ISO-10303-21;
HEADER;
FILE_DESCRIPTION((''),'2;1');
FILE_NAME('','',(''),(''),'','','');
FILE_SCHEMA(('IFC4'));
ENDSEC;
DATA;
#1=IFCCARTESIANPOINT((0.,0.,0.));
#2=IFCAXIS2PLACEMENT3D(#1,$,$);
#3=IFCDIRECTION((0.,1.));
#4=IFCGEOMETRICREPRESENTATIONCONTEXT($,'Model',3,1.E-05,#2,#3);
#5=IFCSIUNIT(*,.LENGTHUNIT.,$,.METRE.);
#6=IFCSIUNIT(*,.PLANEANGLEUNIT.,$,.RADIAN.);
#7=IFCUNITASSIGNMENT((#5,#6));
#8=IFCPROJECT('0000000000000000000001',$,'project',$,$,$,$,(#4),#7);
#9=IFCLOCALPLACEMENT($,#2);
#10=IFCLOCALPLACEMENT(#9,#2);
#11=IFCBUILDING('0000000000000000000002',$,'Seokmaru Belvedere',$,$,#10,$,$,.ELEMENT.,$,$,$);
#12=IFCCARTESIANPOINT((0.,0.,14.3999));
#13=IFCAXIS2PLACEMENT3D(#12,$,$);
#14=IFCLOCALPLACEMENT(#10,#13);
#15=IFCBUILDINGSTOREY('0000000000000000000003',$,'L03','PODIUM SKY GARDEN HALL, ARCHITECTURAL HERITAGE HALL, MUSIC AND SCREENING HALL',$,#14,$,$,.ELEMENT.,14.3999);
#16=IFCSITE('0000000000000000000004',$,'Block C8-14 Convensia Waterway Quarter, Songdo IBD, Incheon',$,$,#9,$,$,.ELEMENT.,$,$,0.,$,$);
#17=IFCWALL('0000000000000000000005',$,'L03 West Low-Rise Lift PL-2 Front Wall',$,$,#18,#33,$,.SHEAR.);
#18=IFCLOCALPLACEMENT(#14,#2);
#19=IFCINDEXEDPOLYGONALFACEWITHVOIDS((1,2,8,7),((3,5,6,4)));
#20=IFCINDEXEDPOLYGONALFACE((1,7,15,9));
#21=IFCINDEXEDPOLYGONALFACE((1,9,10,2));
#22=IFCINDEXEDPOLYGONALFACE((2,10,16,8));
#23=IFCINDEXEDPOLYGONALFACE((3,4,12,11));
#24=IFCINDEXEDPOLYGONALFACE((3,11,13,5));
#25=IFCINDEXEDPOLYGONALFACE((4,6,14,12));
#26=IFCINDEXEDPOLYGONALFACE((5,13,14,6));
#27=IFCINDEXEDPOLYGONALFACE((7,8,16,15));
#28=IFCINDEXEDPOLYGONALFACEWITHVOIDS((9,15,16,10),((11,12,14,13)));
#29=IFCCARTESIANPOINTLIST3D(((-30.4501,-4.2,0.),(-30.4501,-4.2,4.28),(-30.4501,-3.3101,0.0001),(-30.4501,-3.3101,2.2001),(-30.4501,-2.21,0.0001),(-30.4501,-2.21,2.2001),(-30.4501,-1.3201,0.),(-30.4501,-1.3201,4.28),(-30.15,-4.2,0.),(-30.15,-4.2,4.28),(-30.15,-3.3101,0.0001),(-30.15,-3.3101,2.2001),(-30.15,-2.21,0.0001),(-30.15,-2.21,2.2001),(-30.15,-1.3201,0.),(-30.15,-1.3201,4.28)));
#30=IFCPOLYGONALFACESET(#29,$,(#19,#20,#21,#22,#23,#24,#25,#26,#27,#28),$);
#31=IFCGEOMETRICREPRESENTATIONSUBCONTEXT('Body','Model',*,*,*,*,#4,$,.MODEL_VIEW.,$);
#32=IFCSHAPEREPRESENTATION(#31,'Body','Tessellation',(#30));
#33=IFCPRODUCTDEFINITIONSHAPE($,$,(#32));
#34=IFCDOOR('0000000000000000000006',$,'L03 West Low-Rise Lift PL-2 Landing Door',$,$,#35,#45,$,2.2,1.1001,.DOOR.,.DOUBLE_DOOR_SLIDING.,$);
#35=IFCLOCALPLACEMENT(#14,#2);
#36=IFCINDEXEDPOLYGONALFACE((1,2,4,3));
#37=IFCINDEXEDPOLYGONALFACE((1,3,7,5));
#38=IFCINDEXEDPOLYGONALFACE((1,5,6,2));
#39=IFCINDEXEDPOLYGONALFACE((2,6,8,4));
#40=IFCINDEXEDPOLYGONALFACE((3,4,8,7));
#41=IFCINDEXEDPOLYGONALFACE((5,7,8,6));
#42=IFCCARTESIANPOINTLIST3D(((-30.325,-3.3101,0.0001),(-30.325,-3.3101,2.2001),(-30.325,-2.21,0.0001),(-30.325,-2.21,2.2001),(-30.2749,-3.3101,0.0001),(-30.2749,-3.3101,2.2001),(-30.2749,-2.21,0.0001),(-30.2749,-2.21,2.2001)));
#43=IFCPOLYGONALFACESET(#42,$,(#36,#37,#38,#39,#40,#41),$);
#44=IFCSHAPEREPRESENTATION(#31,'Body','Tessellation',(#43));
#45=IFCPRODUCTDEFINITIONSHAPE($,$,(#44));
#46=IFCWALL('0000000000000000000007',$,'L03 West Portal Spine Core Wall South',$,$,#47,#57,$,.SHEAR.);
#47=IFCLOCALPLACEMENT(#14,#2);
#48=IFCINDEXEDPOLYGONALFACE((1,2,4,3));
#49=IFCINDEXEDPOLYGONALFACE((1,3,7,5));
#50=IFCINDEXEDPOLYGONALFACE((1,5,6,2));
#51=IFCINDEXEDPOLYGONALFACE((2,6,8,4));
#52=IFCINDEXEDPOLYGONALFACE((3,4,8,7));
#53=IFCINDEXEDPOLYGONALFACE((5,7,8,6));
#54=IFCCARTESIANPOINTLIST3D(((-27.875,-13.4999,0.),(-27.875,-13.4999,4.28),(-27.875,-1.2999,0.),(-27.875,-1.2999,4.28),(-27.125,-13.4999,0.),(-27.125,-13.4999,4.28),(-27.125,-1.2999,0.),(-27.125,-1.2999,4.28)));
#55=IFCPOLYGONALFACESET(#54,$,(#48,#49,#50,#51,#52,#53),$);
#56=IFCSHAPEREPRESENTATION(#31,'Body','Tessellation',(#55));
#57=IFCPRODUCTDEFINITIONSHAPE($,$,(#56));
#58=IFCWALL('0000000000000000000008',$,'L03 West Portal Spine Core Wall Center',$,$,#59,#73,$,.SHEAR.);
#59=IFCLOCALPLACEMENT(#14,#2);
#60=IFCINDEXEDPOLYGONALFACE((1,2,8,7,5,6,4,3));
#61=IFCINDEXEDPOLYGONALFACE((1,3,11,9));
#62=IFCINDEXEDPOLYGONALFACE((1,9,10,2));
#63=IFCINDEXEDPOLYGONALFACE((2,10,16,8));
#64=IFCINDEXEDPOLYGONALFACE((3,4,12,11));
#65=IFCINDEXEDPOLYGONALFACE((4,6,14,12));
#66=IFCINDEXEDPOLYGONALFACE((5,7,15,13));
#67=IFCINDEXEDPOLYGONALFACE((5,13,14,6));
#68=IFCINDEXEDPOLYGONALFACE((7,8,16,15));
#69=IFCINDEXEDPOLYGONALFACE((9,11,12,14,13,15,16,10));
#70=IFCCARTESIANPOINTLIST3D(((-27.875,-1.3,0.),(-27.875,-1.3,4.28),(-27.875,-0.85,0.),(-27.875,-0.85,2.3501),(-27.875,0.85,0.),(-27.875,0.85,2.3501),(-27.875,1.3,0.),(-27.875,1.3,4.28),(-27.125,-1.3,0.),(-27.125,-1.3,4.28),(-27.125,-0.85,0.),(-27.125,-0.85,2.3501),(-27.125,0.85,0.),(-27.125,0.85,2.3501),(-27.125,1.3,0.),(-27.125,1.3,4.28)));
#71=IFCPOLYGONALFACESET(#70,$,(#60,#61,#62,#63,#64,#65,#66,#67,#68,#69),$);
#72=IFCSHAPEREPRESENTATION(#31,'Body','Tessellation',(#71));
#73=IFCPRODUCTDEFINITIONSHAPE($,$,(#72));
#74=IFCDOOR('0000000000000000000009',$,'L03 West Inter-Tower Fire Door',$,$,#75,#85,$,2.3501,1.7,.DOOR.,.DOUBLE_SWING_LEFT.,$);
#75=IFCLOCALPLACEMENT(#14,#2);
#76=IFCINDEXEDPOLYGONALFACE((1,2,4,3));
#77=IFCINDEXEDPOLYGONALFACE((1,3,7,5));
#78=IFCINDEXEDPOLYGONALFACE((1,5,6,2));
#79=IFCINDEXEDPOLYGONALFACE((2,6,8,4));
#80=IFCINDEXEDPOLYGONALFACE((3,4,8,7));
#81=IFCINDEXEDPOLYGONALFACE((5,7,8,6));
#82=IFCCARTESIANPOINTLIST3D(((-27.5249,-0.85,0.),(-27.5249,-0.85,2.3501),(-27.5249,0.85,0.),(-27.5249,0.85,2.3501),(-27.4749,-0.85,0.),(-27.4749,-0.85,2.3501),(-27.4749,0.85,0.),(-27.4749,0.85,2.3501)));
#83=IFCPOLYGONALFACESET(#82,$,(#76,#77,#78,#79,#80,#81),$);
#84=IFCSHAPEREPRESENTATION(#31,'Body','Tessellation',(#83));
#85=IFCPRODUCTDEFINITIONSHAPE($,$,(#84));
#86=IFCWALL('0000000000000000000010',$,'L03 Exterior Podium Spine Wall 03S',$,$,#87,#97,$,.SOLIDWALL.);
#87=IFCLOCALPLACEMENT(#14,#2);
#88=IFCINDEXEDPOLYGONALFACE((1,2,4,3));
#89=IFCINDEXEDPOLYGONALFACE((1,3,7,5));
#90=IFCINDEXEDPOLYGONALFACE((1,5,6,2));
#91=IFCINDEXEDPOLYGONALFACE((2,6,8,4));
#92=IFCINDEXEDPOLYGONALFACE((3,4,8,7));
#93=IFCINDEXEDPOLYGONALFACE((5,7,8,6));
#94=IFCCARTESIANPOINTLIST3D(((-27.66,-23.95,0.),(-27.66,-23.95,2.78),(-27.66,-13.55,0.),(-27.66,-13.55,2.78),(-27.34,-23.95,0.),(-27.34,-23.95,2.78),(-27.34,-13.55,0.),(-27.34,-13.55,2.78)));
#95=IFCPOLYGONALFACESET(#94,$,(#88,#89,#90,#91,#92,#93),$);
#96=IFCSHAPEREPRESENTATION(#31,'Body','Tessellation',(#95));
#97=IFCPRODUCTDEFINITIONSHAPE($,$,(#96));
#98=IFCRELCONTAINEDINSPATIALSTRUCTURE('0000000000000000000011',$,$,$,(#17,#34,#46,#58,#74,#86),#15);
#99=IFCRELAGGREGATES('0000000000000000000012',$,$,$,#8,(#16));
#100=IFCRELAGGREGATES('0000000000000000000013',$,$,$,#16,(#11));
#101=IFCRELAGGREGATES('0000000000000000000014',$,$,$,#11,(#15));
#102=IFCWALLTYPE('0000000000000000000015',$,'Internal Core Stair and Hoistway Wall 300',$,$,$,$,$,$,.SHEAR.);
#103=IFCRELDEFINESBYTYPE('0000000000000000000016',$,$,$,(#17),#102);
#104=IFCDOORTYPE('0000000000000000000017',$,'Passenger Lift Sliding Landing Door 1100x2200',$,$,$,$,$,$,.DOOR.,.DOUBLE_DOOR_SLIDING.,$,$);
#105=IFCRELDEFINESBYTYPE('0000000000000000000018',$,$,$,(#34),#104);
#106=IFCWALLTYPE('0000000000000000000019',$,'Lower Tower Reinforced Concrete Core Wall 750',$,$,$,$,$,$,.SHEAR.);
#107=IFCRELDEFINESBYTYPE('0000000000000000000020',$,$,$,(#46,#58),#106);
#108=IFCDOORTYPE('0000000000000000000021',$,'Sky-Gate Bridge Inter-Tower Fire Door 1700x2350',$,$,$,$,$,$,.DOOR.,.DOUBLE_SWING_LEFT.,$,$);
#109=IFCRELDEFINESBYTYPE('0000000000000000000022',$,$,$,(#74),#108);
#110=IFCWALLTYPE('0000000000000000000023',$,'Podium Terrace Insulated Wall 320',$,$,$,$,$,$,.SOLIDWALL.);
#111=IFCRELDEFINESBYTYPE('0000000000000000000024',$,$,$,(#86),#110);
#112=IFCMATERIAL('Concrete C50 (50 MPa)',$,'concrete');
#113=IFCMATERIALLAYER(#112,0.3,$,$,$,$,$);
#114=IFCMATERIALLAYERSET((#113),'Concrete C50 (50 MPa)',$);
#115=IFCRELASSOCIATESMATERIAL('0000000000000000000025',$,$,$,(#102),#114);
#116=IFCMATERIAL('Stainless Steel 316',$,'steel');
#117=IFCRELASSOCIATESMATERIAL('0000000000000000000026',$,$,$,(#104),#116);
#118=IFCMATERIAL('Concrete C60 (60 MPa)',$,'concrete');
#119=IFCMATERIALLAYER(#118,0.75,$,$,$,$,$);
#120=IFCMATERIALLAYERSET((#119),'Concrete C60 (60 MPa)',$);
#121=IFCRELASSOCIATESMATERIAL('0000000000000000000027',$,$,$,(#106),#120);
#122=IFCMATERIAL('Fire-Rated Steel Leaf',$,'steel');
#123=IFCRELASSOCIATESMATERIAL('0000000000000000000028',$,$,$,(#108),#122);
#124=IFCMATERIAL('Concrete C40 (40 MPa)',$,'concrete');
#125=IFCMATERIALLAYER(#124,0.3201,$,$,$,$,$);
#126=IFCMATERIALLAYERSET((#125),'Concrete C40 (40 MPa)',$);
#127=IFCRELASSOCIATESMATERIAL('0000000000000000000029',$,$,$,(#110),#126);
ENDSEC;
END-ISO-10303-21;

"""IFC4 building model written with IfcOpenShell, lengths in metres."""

from ifc_helpers import new_model, si_unit, direction, frame, frame_2d, origin, place, context, subcontext, project, spatial, rectangle, extrude, source, transform, mapped, material, layer, layer_set, type_object, type_shapes, element, fill, save


model = new_model("IFC4")

# Units and contexts
model_context = context("Model", 3, precision=1e-05, world=origin(), true_north=direction((0.0, 1.0)))
body_context = subcontext(model_context, "Body", "Model", "MODEL_VIEW")
ifc_project = project(units=[si_unit("LENGTHUNIT", "METRE"), si_unit("PLANEANGLEUNIT", "RADIAN")], contexts=[model_context])

# Site, building, storey
site_placement = place(None, origin())
site = spatial("IfcSite", under=ifc_project, at=site_placement, Name="Block C8-14 Convensia Waterway Quarter, Songdo IBD, Incheon", CompositionType="ELEMENT", RefElevation=0.0)
building_placement = place(site_placement, origin())
building = spatial("IfcBuilding", under=site, at=building_placement, Name="Seokmaru Belvedere", CompositionType="ELEMENT")
storey_placement = place(building_placement, frame((0.0, 0.0, 14.3999)))
storey = spatial("IfcBuildingStorey", under=building, at=storey_placement, Name="L03", Description="PODIUM SKY GARDEN HALL, ARCHITECTURAL HERITAGE HALL, MUSIC AND SCREENING HALL", CompositionType="ELEMENT", Elevation=14.3999)

# Shared definitions
ifc_material_1 = material(Name="Concrete C50 (50 MPa)", Category="concrete")

# Wall, opening, door
ifc_layer_1 = layer(ifc_material_1, 0.3)
ifc_layer_set_1 = layer_set([ifc_layer_1], Name="Concrete C50 (50 MPa)")
wall_type_1 = type_object("IfcWallType", Name="Internal Core Stair and Hoistway Wall 300", PredefinedType="SHEAR", material=ifc_layer_set_1)
ifc_material_2 = material(Name="Stainless Steel 316", Category="steel")
door_type_1 = type_object("IfcDoorType", Name="Passenger Lift Sliding Landing Door 1100x2200", OperationType="DOUBLE_DOOR_SLIDING", PredefinedType="DOOR", material=ifc_material_2)
shared_shape_1 = source(origin(), body_context, "Body", "SweptSolid", [
    extrude(rectangle(XDim=1.1001, YDim=2.2, at=frame_2d((0.55, 1.1001))), frame((0.0, 0.0249, 0.0), z_axis=(0.0, -1.0, 0.0), x_axis=(1.0, 0.0, 0.0)), (0.0, 0.0, 1.0), 0.05),
])
type_shapes(door_type_1, [shared_shape_1])
wall_1_placement = place(storey_placement, frame((-30.3, -4.2, 0.0), z_axis=(0.0, 0.0, 1.0), x_axis=(0.0, 1.0, 0.0)))
wall_1 = element("IfcWall", 1, at=wall_1_placement, inside=storey, type_object=wall_type_1, Name="L03 West Low-Rise Lift PL-2 Front Wall", PredefinedType="SHEAR", context=body_context, shape_type="SweptSolid", body=[
    extrude(rectangle(XDim=2.8799, YDim=0.3, at=frame_2d((1.4399, 0.0))), origin(), (0.0, 0.0, 1.0), 4.28),
])
opening_1_placement = place(wall_1_placement, frame((0.8899, 0.0, 0.0)))
opening_1 = element("IfcOpeningElement", 2, at=opening_1_placement, cuts=wall_1, PredefinedType="OPENING", context=body_context, shape_type="SweptSolid", body=[
    extrude(rectangle(XDim=1.1001, YDim=2.2, at=frame_2d((0.55, 1.1001))), frame((0.0, 0.1602, 0.0), z_axis=(0.0, -1.0, 0.0), x_axis=(1.0, 0.0, 0.0)), (0.0, 0.0, 1.0), 0.3201),
])
door_1_placement = place(opening_1_placement, origin())
door_1 = element("IfcDoor", 3, at=door_1_placement, inside=storey, type_object=door_type_1, Name="L03 West Low-Rise Lift PL-2 Landing Door", OperationType="DOUBLE_DOOR_SLIDING", OverallHeight=2.2, OverallWidth=1.1001, PredefinedType="DOOR", context=body_context, shape_type="MappedRepresentation", body=[
    mapped(shared_shape_1, transform((0.0, 0.0, 0.0), scale=1.0)),
])
fill(opening_1, door_1)

# Wall
ifc_material_3 = material(Name="Concrete C60 (60 MPa)", Category="concrete")
ifc_layer_2 = layer(ifc_material_3, 0.75)
ifc_layer_set_2 = layer_set([ifc_layer_2], Name="Concrete C60 (60 MPa)")
wall_type_2 = type_object("IfcWallType", Name="Lower Tower Reinforced Concrete Core Wall 750", PredefinedType="SHEAR", material=ifc_layer_set_2)
wall_2_placement = place(storey_placement, frame((-27.5, -13.5, 0.0), z_axis=(0.0, 0.0, 1.0), x_axis=(0.0, 1.0, 0.0)))
element("IfcWall", 4, at=wall_2_placement, inside=storey, type_object=wall_type_2, Name="L03 West Portal Spine Core Wall South", PredefinedType="SHEAR", context=body_context, shape_type="SweptSolid", body=[
    extrude(rectangle(XDim=12.2, YDim=0.75, at=frame_2d((6.1001, 0.0))), origin(), (0.0, 0.0, 1.0), 4.28),
])

# Wall, opening, door
wall_3_placement = place(storey_placement, frame((-27.5, -1.3, 0.0), z_axis=(0.0, 0.0, 1.0), x_axis=(0.0, 1.0, 0.0)))
wall_3 = element("IfcWall", 5, at=wall_3_placement, inside=storey, type_object=wall_type_2, Name="L03 West Portal Spine Core Wall Center", PredefinedType="SHEAR", context=body_context, shape_type="SweptSolid", body=[
    extrude(rectangle(XDim=2.6001, YDim=0.75, at=frame_2d((1.3, 0.0))), origin(), (0.0, 0.0, 1.0), 4.28),
])
opening_2_placement = place(wall_3_placement, frame((0.45, 0.0, 0.0)))
opening_2 = element("IfcOpeningElement", 6, at=opening_2_placement, cuts=wall_3, PredefinedType="OPENING", context=body_context, shape_type="SweptSolid", body=[
    extrude(rectangle(XDim=1.7, YDim=2.3501, at=frame_2d((0.8501, 1.175))), frame((0.0, 0.385, 0.0), z_axis=(0.0, -1.0, 0.0), x_axis=(1.0, 0.0, 0.0)), (0.0, 0.0, 1.0), 0.77),
])
ifc_material_4 = material(Name="Fire-Rated Steel Leaf", Category="steel")
door_type_2 = type_object("IfcDoorType", Name="Sky-Gate Bridge Inter-Tower Fire Door 1700x2350", OperationType="DOUBLE_SWING_LEFT", PredefinedType="DOOR", material=ifc_material_4)
shared_shape_2 = source(origin(), body_context, "Body", "SweptSolid", [
    extrude(rectangle(XDim=1.7, YDim=2.3501, at=frame_2d((0.8501, 1.175))), frame((0.0, 0.0249, 0.0), z_axis=(0.0, -1.0, 0.0), x_axis=(1.0, 0.0, 0.0)), (0.0, 0.0, 1.0), 0.05),
])
type_shapes(door_type_2, [shared_shape_2])
door_2_placement = place(opening_2_placement, origin())
door_2 = element("IfcDoor", 7, at=door_2_placement, inside=storey, type_object=door_type_2, Name="L03 West Inter-Tower Fire Door", OperationType="DOUBLE_SWING_LEFT", OverallHeight=2.3501, OverallWidth=1.7, PredefinedType="DOOR", context=body_context, shape_type="MappedRepresentation", body=[
    mapped(shared_shape_2, transform((0.0, 0.0, 0.0), scale=1.0)),
])
fill(opening_2, door_2)

# Wall
ifc_material_5 = material(Name="Concrete C40 (40 MPa)", Category="concrete")
ifc_layer_3 = layer(ifc_material_5, 0.3201)
ifc_layer_set_3 = layer_set([ifc_layer_3], Name="Concrete C40 (40 MPa)")
wall_type_3 = type_object("IfcWallType", Name="Podium Terrace Insulated Wall 320", PredefinedType="SOLIDWALL", material=ifc_layer_set_3)
wall_4_placement = place(storey_placement, frame((-27.5, -23.95, 0.0), z_axis=(0.0, 0.0, 1.0), x_axis=(0.0, 1.0, 0.0)))
element("IfcWall", 8, at=wall_4_placement, inside=storey, type_object=wall_type_3, Name="L03 Exterior Podium Spine Wall 03S", PredefinedType="SOLIDWALL", context=body_context, shape_type="SweptSolid", body=[
    extrude(rectangle(XDim=10.3999, YDim=0.3201, at=frame_2d((5.2, 0.0))), origin(), (0.0, 0.0, 1.0), 2.78),
])

save(model, "model.ifc")
